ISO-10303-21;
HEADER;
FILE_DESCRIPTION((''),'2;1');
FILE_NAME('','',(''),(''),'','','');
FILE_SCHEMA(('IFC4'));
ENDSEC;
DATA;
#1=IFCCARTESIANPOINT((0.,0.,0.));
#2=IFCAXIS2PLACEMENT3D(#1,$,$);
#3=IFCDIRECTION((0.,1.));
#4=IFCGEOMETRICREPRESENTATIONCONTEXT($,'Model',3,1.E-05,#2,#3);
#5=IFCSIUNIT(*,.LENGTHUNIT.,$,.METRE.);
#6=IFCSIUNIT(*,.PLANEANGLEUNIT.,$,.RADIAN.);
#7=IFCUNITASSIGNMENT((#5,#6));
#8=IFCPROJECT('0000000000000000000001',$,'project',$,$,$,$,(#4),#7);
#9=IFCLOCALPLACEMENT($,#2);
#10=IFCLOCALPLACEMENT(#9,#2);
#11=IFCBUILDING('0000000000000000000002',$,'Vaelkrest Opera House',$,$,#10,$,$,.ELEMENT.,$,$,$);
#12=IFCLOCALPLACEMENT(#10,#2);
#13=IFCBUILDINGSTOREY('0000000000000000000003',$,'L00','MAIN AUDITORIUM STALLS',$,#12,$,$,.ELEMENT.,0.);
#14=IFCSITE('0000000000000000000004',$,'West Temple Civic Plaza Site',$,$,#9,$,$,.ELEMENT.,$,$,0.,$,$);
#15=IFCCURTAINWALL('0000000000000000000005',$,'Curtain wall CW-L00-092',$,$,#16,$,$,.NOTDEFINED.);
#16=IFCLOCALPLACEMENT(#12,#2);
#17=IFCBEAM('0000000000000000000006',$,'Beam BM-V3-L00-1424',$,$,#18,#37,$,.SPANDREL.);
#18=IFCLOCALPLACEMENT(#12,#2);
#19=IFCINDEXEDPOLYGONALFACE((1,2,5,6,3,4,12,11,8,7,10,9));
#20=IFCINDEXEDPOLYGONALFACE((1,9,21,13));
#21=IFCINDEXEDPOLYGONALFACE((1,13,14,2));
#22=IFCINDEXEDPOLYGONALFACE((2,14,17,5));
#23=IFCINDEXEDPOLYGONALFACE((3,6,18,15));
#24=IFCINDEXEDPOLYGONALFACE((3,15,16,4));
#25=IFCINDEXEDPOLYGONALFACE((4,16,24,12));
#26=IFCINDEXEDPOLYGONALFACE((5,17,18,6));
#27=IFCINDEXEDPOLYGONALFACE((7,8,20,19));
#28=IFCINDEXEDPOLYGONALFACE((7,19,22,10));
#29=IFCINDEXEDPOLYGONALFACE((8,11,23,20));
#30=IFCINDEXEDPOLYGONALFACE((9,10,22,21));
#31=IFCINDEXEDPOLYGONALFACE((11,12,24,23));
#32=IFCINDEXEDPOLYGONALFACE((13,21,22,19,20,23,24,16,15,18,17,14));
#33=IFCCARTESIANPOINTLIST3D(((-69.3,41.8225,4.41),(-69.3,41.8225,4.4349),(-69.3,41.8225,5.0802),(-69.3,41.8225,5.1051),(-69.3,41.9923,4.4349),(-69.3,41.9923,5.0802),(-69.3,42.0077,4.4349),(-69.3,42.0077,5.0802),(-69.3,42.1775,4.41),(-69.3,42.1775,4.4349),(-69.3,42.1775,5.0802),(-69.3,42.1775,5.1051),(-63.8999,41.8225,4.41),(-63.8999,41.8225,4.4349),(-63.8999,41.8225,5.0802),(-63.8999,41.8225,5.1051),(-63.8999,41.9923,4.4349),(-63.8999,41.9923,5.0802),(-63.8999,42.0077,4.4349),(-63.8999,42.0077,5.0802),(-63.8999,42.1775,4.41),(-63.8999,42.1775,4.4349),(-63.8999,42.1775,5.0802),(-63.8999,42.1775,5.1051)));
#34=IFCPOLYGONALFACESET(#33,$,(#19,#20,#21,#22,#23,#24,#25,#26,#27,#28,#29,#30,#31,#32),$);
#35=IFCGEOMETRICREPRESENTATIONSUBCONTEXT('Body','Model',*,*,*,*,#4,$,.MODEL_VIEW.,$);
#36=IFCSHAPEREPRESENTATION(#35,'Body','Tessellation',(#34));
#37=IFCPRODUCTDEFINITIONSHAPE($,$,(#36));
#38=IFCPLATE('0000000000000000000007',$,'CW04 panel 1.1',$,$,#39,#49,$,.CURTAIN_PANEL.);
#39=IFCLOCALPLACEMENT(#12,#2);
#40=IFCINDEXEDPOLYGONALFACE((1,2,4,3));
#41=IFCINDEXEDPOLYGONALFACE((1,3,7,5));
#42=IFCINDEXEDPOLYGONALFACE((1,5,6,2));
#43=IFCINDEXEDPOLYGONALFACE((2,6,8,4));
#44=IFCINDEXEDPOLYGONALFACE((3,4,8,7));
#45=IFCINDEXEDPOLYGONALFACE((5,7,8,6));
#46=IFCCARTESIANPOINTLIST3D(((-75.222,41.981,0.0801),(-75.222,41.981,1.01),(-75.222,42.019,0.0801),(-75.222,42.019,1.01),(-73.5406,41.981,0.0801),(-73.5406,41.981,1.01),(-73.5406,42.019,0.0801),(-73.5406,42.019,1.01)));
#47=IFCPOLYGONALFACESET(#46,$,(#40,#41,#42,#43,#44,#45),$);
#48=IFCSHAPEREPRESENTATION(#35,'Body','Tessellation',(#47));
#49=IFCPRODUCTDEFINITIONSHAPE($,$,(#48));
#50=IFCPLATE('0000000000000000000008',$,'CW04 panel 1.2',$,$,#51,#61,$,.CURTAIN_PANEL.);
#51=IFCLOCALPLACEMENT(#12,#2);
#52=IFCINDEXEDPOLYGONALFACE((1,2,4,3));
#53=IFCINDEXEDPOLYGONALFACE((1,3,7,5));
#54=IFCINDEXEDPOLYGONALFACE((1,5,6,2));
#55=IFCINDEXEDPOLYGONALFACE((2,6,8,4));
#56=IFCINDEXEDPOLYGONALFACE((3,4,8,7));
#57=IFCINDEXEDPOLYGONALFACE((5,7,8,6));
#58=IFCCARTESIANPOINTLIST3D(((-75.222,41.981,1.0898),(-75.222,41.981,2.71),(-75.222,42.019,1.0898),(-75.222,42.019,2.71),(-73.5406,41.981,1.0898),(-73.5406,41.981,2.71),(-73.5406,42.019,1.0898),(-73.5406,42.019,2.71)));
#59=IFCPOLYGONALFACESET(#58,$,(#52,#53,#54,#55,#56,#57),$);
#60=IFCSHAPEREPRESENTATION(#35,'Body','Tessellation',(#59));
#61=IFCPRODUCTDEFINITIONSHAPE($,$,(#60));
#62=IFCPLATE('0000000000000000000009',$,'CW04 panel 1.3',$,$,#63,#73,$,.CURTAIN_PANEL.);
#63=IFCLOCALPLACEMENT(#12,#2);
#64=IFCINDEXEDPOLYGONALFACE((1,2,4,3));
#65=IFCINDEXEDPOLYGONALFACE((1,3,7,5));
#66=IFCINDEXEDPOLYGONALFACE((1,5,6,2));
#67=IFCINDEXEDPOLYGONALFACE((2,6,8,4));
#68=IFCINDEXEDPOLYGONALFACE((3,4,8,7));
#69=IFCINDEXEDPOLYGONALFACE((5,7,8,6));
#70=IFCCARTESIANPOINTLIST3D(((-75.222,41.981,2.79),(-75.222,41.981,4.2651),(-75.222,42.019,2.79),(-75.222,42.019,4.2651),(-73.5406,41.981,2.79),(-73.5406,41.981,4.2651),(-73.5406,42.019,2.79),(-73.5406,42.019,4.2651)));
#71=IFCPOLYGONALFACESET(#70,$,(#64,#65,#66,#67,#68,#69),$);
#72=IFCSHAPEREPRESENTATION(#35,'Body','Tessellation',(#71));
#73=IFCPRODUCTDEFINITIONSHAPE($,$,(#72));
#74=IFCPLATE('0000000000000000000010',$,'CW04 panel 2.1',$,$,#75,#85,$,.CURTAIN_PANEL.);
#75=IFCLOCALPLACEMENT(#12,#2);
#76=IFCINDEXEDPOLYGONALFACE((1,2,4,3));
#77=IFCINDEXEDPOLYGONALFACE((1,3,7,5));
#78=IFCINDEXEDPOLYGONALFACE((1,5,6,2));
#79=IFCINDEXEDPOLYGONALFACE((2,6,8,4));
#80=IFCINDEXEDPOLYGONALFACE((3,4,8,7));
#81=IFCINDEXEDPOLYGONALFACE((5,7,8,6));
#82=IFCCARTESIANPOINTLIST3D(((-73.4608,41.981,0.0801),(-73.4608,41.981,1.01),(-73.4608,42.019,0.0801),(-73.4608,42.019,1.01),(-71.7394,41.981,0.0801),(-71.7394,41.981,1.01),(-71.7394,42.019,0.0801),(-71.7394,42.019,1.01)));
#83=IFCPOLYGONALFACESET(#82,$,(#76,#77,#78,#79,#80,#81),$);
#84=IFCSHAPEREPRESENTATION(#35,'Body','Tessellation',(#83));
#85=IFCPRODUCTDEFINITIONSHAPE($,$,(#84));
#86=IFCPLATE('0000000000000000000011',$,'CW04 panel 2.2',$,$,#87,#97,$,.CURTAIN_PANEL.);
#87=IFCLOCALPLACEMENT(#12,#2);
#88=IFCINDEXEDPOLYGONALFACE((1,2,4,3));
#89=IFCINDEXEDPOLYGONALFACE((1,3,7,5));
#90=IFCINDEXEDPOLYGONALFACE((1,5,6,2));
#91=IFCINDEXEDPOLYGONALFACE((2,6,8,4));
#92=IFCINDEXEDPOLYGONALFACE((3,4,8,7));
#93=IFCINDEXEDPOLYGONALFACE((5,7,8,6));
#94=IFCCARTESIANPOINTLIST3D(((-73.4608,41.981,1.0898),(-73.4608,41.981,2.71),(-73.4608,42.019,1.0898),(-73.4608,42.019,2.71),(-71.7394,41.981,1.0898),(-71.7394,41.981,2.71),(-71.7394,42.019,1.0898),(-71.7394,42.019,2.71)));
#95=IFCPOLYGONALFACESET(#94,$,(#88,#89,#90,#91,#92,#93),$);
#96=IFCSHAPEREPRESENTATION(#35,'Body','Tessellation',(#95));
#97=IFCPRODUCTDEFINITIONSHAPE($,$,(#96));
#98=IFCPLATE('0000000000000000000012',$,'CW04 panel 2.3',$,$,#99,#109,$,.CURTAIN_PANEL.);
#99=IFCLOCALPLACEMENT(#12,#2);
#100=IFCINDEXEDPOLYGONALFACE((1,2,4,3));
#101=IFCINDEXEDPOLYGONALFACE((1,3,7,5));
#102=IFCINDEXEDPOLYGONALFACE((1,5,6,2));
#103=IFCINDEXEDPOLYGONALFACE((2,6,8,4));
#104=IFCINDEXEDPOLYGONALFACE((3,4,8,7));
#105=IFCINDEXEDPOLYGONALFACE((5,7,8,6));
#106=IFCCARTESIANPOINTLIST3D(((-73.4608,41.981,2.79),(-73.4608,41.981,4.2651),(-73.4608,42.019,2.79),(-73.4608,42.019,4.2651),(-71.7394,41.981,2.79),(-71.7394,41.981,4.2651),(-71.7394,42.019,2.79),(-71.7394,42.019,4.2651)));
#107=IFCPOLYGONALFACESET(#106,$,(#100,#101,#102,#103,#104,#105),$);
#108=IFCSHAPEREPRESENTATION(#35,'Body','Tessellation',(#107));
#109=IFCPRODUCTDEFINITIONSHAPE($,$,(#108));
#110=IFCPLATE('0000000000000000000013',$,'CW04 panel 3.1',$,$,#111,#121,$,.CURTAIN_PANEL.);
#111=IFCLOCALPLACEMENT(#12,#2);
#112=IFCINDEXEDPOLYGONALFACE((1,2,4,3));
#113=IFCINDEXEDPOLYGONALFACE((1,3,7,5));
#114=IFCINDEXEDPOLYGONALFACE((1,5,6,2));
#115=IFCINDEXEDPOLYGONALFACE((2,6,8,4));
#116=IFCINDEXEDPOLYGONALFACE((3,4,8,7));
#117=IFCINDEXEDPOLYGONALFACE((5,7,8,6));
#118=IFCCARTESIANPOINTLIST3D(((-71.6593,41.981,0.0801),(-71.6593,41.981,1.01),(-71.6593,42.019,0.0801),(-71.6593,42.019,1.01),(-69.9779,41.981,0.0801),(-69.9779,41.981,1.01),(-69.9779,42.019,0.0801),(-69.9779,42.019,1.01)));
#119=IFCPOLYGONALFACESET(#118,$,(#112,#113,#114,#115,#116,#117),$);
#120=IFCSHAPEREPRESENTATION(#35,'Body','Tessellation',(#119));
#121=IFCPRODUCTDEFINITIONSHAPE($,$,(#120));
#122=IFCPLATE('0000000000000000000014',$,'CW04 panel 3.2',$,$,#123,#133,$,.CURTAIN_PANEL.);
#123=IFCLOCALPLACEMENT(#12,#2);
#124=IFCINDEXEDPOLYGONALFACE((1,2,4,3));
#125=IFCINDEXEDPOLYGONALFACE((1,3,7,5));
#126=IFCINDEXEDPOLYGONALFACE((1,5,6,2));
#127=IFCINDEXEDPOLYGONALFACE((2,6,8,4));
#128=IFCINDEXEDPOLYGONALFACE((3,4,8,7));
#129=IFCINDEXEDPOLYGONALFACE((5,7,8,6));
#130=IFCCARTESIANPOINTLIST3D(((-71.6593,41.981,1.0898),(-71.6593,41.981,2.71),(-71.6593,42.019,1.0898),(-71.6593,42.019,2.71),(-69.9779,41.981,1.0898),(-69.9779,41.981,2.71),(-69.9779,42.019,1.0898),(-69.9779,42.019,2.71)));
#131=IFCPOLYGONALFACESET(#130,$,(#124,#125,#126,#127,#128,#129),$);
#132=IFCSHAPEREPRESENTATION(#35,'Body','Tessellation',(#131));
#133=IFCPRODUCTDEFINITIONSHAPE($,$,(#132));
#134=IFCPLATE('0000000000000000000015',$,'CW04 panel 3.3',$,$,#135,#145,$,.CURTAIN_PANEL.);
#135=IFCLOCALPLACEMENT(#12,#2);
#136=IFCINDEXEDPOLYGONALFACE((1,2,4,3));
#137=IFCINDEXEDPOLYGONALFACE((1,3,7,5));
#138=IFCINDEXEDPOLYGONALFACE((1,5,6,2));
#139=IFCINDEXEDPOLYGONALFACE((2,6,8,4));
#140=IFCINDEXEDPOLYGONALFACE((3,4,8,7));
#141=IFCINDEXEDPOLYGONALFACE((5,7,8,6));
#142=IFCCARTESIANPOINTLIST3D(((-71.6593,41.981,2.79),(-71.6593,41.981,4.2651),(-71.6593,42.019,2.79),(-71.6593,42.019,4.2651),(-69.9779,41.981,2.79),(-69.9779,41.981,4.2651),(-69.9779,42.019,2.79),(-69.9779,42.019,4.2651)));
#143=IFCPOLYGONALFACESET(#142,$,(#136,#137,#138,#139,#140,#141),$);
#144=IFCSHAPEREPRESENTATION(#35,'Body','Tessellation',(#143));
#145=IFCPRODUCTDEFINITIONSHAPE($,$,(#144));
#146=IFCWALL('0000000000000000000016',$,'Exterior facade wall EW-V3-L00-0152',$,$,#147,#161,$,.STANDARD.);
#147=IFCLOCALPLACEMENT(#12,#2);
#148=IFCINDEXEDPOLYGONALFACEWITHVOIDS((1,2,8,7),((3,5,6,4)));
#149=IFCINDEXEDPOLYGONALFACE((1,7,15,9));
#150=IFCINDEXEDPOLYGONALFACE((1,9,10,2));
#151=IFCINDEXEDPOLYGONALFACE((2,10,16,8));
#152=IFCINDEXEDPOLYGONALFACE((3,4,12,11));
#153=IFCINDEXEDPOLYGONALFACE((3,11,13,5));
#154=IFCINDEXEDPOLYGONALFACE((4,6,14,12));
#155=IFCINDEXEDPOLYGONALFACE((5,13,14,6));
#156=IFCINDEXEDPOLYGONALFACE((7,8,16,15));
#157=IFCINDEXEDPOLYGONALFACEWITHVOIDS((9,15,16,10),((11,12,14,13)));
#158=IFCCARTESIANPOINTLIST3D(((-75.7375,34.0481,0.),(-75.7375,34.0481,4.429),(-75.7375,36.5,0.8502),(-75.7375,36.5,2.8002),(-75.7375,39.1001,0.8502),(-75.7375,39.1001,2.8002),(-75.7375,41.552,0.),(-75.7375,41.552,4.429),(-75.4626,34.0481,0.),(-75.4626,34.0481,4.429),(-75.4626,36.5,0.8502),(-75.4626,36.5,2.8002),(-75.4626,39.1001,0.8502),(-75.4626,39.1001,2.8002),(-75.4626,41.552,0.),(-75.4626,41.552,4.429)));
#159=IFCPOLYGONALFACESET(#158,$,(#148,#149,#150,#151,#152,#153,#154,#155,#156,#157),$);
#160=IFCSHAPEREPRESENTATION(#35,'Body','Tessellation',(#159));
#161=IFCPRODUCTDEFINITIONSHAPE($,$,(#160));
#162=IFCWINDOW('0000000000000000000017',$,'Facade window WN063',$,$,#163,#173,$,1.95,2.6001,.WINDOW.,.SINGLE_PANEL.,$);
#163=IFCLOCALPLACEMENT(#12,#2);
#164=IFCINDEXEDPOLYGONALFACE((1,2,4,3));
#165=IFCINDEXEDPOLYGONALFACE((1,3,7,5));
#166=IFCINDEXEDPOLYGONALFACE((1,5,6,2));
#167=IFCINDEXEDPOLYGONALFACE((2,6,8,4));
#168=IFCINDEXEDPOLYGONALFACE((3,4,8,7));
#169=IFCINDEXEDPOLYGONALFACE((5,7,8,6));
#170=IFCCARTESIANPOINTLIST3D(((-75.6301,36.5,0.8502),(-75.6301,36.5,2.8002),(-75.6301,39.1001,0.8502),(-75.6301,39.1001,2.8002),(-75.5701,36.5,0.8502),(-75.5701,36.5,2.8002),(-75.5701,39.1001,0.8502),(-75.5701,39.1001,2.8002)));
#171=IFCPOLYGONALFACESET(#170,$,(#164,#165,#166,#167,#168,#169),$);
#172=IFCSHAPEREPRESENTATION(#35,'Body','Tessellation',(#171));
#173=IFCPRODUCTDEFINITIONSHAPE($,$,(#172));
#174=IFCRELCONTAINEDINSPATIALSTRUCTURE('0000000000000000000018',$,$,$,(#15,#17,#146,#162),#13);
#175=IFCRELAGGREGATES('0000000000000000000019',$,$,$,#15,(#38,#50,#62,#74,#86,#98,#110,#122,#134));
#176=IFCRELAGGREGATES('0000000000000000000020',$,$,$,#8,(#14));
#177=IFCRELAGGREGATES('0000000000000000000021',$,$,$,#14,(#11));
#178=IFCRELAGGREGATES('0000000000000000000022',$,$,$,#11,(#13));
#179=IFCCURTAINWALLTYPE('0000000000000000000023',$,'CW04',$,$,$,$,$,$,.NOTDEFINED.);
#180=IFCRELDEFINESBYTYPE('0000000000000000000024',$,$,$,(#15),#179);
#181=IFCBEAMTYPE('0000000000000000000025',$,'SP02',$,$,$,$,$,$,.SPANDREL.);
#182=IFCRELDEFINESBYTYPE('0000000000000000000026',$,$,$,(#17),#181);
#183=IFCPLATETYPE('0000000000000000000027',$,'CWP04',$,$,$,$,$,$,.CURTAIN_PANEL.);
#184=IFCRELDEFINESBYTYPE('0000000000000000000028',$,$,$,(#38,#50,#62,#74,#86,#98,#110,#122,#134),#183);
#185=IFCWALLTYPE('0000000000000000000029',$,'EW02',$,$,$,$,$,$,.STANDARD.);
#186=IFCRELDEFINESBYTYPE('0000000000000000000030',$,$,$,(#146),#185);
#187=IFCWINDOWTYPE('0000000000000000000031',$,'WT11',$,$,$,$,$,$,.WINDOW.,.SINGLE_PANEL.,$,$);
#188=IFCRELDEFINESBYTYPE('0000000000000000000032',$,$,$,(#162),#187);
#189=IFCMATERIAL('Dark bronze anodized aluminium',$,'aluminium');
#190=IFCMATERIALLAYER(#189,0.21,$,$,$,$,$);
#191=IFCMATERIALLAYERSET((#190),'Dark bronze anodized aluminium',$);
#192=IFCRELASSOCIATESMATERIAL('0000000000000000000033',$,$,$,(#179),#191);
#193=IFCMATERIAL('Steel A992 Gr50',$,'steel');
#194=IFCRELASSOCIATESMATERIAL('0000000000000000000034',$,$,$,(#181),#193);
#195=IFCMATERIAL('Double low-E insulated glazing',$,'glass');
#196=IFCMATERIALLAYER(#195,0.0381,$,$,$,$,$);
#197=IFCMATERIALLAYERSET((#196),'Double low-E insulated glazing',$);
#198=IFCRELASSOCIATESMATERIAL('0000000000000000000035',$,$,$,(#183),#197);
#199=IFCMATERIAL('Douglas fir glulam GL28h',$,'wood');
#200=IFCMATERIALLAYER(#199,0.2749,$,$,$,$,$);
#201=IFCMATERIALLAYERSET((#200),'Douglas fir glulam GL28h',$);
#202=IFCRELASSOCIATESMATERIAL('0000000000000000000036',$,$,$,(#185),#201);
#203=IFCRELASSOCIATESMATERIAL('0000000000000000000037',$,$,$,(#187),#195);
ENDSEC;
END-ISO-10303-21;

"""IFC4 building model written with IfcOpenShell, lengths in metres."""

from ifc_helpers import new_model, si_unit, direction, frame, frame_2d, origin, origin_2d, place, context, subcontext, project, spatial, rectangle, i_section, extrude, material, layer, layer_set, material_profile, profile_set, type_object, element, fill, aggregate, save


model = new_model("IFC4")

# Units and contexts
model_context = context("Model", 3, precision=1e-05, world=origin(), true_north=direction((0.0, 1.0)))
body_context = subcontext(model_context, "Body", "Model", "MODEL_VIEW")
ifc_project = project(units=[si_unit("LENGTHUNIT", "METRE"), si_unit("PLANEANGLEUNIT", "RADIAN")], contexts=[model_context])

# Site, building, storey
site_placement = place(None, origin())
site = spatial("IfcSite", under=ifc_project, at=site_placement, Name="West Temple Civic Plaza Site", CompositionType="ELEMENT", RefElevation=0.0)
building_placement = place(site_placement, origin())
building = spatial("IfcBuilding", under=site, at=building_placement, Name="Vaelkrest Opera House", CompositionType="ELEMENT")
storey_placement = place(building_placement, origin())
storey = spatial("IfcBuildingStorey", under=building, at=storey_placement, Name="L00", Description="MAIN AUDITORIUM STALLS", CompositionType="ELEMENT", Elevation=0.0)

# Curtain wall
ifc_material_1 = material(Name="Dark bronze anodized aluminium", Category="aluminium")
ifc_layer_1 = layer(ifc_material_1, 0.21)
ifc_layer_set_1 = layer_set([ifc_layer_1], Name="Dark bronze anodized aluminium")
curtain_wall_type = type_object("IfcCurtainWallType", Name="CW04", PredefinedType="NOTDEFINED", material=ifc_layer_set_1)
curtain_wall_placement = place(storey_placement, origin())
curtain_wall = element("IfcCurtainWall", 1, at=curtain_wall_placement, inside=storey, type_object=curtain_wall_type, Name="Curtain wall CW-L00-092", PredefinedType="NOTDEFINED")

# Beam
ifc_material_2 = material(Name="Steel A992 Gr50", Category="steel")
ifc_material_profile_1 = material_profile(ifc_material_2, i_section(OverallWidth=0.355, OverallDepth=0.6951, WebThickness=0.0154, FlangeThickness=0.0249, at=origin_2d()), Name="W27X146")
ifc_profile_set_1 = profile_set([ifc_material_profile_1], Name="Steel A992 Gr50")
beam_type_1 = type_object("IfcBeamType", Name="SP02", PredefinedType="SPANDREL", material=ifc_profile_set_1)
for number, where, z_axis, x_axis, name in (
    (2, (-69.3, 42.0, 4.7576), (1.0, 0.0, 0.0), (0.0, 1.0, 0.0), "Beam BM-V3-L00-1424"),
):
    element("IfcBeam", number, at=place(storey_placement, frame(where, z_axis=z_axis, x_axis=x_axis)), inside=storey, type_object=beam_type_1, Name=name, PredefinedType="SPANDREL", context=body_context, shape_type="SweptSolid", body=[
        extrude(i_section(OverallWidth=0.355, OverallDepth=0.6951, WebThickness=0.0154, FlangeThickness=0.0249, at=origin_2d()), origin(), (0.0, 0.0, 1.0), 5.4001),
    ])

# Plates
ifc_material_3 = material(Name="Double low-E insulated glazing", Category="glass")
ifc_layer_2 = layer(ifc_material_3, 0.0381)
ifc_layer_set_2 = layer_set([ifc_layer_2], Name="Double low-E insulated glazing")
plate_type = type_object("IfcPlateType", Name="CWP04", PredefinedType="CURTAIN_PANEL", material=ifc_layer_set_2)
plate_1_placement = place(storey_placement, frame((-74.3813, 42.0, 0.0801), z_axis=(0.0, 0.0, 1.0), x_axis=(1.0, 0.0, 0.0)))
plate_1 = element("IfcPlate", 3, at=plate_1_placement, type_object=plate_type, Name="CW04 panel 1.1", PredefinedType="CURTAIN_PANEL", context=body_context, shape_type="SweptSolid", body=[
    extrude(rectangle(XDim=1.6814, YDim=0.0381, at=origin_2d()), origin(), (0.0, 0.0, 1.0), 0.9299),
])
plate_2_placement = place(storey_placement, frame((-74.3813, 42.0, 1.0898), z_axis=(0.0, 0.0, 1.0), x_axis=(1.0, 0.0, 0.0)))
plate_2 = element("IfcPlate", 4, at=plate_2_placement, type_object=plate_type, Name="CW04 panel 1.2", PredefinedType="CURTAIN_PANEL", context=body_context, shape_type="SweptSolid", body=[
    extrude(rectangle(XDim=1.6814, YDim=0.0381, at=origin_2d()), origin(), (0.0, 0.0, 1.0), 1.6201),
])
plate_3_placement = place(storey_placement, frame((-74.3813, 42.0, 2.79), z_axis=(0.0, 0.0, 1.0), x_axis=(1.0, 0.0, 0.0)))
plate_3 = element("IfcPlate", 5, at=plate_3_placement, type_object=plate_type, Name="CW04 panel 1.3", PredefinedType="CURTAIN_PANEL", context=body_context, shape_type="SweptSolid", body=[
    extrude(rectangle(XDim=1.6814, YDim=0.0381, at=origin_2d()), origin(), (0.0, 0.0, 1.0), 1.4751),
])
plate_4_placement = place(storey_placement, frame((-72.6001, 42.0, 0.0801), z_axis=(0.0, 0.0, 1.0), x_axis=(1.0, 0.0, 0.0)))
plate_4 = element("IfcPlate", 6, at=plate_4_placement, type_object=plate_type, Name="CW04 panel 2.1", PredefinedType="CURTAIN_PANEL", context=body_context, shape_type="SweptSolid", body=[
    extrude(rectangle(XDim=1.7214, YDim=0.0381, at=origin_2d()), origin(), (0.0, 0.0, 1.0), 0.9299),
])
plate_5_placement = place(storey_placement, frame((-72.6001, 42.0, 1.0898), z_axis=(0.0, 0.0, 1.0), x_axis=(1.0, 0.0, 0.0)))
plate_5 = element("IfcPlate", 7, at=plate_5_placement, type_object=plate_type, Name="CW04 panel 2.2", PredefinedType="CURTAIN_PANEL", context=body_context, shape_type="SweptSolid", body=[
    extrude(rectangle(XDim=1.7214, YDim=0.0381, at=origin_2d()), origin(), (0.0, 0.0, 1.0), 1.6201),
])
plate_6_placement = place(storey_placement, frame((-72.6001, 42.0, 2.79), z_axis=(0.0, 0.0, 1.0), x_axis=(1.0, 0.0, 0.0)))
plate_6 = element("IfcPlate", 8, at=plate_6_placement, type_object=plate_type, Name="CW04 panel 2.3", PredefinedType="CURTAIN_PANEL", context=body_context, shape_type="SweptSolid", body=[
    extrude(rectangle(XDim=1.7214, YDim=0.0381, at=origin_2d()), origin(), (0.0, 0.0, 1.0), 1.4751),
])
plate_7_placement = place(storey_placement, frame((-70.8186, 42.0, 0.0801), z_axis=(0.0, 0.0, 1.0), x_axis=(1.0, 0.0, 0.0)))
plate_7 = element("IfcPlate", 9, at=plate_7_placement, type_object=plate_type, Name="CW04 panel 3.1", PredefinedType="CURTAIN_PANEL", context=body_context, shape_type="SweptSolid", body=[
    extrude(rectangle(XDim=1.6814, YDim=0.0381, at=origin_2d()), origin(), (0.0, 0.0, 1.0), 0.9299),
])
plate_8_placement = place(storey_placement, frame((-70.8186, 42.0, 1.0898), z_axis=(0.0, 0.0, 1.0), x_axis=(1.0, 0.0, 0.0)))
plate_8 = element("IfcPlate", 10, at=plate_8_placement, type_object=plate_type, Name="CW04 panel 3.2", PredefinedType="CURTAIN_PANEL", context=body_context, shape_type="SweptSolid", body=[
    extrude(rectangle(XDim=1.6814, YDim=0.0381, at=origin_2d()), origin(), (0.0, 0.0, 1.0), 1.6201),
])
plate_9_placement = place(storey_placement, frame((-70.8186, 42.0, 2.79), z_axis=(0.0, 0.0, 1.0), x_axis=(1.0, 0.0, 0.0)))
plate_9 = element("IfcPlate", 11, at=plate_9_placement, type_object=plate_type, Name="CW04 panel 3.3", PredefinedType="CURTAIN_PANEL", context=body_context, shape_type="SweptSolid", body=[
    extrude(rectangle(XDim=1.6814, YDim=0.0381, at=origin_2d()), origin(), (0.0, 0.0, 1.0), 1.4751),
])
aggregate(curtain_wall, [plate_1, plate_2, plate_3, plate_4, plate_5, plate_6, plate_7, plate_8, plate_9])

# Wall, opening, window
ifc_material_4 = material(Name="Douglas fir glulam GL28h", Category="wood")
ifc_layer_3 = layer(ifc_material_4, 0.2749)
ifc_layer_set_3 = layer_set([ifc_layer_3], Name="Douglas fir glulam GL28h")
wall_type_1 = type_object("IfcWallType", Name="EW02", PredefinedType="STANDARD", material=ifc_layer_set_3)
wall_1_placement = place(storey_placement, frame((-75.6001, 34.0481, 0.0), z_axis=(0.0, 0.0, 1.0), x_axis=(0.0, 1.0, 0.0)))
wall_1 = element("IfcWall", 12, at=wall_1_placement, inside=storey, type_object=wall_type_1, Name="Exterior facade wall EW-V3-L00-0152", PredefinedType="STANDARD", context=body_context, shape_type="SweptSolid", body=[
    extrude(rectangle(XDim=7.5039, YDim=0.2749, at=frame_2d((3.752, 0.0))), origin(), (0.0, 0.0, 1.0), 4.429),
])
opening_1_placement = place(wall_1_placement, frame((2.4519, 0.0, 0.8501)))
opening_1 = element("IfcOpeningElement", 13, at=opening_1_placement, cuts=wall_1, PredefinedType="OPENING", context=body_context, shape_type="SweptSolid", body=[
    extrude(rectangle(XDim=2.6001, YDim=1.95, at=frame_2d((1.3, 0.9751))), frame((0.0, 0.1475, 0.0), z_axis=(0.0, -1.0, 0.0), x_axis=(1.0, 0.0, 0.0)), (0.0, 0.0, 1.0), 0.2949),
])
window_type = type_object("IfcWindowType", Name="WT11", PartitioningType="SINGLE_PANEL", PredefinedType="WINDOW", material=ifc_material_3)
window_placement = place(opening_1_placement, origin())
window = element("IfcWindow", 14, at=window_placement, inside=storey, type_object=window_type, Name="Facade window WN063", OverallHeight=1.95, OverallWidth=2.6001, PartitioningType="SINGLE_PANEL", PredefinedType="WINDOW", context=body_context, shape_type="SweptSolid", body=[
    extrude(rectangle(XDim=2.6001, YDim=1.95, at=frame_2d((1.3, 0.9751))), frame((0.0, 0.03, 0.0), z_axis=(0.0, -1.0, 0.0), x_axis=(1.0, 0.0, 0.0)), (0.0, 0.0, 1.0), 0.0601),
])
fill(opening_1, window)

save(model, "model.ifc")
